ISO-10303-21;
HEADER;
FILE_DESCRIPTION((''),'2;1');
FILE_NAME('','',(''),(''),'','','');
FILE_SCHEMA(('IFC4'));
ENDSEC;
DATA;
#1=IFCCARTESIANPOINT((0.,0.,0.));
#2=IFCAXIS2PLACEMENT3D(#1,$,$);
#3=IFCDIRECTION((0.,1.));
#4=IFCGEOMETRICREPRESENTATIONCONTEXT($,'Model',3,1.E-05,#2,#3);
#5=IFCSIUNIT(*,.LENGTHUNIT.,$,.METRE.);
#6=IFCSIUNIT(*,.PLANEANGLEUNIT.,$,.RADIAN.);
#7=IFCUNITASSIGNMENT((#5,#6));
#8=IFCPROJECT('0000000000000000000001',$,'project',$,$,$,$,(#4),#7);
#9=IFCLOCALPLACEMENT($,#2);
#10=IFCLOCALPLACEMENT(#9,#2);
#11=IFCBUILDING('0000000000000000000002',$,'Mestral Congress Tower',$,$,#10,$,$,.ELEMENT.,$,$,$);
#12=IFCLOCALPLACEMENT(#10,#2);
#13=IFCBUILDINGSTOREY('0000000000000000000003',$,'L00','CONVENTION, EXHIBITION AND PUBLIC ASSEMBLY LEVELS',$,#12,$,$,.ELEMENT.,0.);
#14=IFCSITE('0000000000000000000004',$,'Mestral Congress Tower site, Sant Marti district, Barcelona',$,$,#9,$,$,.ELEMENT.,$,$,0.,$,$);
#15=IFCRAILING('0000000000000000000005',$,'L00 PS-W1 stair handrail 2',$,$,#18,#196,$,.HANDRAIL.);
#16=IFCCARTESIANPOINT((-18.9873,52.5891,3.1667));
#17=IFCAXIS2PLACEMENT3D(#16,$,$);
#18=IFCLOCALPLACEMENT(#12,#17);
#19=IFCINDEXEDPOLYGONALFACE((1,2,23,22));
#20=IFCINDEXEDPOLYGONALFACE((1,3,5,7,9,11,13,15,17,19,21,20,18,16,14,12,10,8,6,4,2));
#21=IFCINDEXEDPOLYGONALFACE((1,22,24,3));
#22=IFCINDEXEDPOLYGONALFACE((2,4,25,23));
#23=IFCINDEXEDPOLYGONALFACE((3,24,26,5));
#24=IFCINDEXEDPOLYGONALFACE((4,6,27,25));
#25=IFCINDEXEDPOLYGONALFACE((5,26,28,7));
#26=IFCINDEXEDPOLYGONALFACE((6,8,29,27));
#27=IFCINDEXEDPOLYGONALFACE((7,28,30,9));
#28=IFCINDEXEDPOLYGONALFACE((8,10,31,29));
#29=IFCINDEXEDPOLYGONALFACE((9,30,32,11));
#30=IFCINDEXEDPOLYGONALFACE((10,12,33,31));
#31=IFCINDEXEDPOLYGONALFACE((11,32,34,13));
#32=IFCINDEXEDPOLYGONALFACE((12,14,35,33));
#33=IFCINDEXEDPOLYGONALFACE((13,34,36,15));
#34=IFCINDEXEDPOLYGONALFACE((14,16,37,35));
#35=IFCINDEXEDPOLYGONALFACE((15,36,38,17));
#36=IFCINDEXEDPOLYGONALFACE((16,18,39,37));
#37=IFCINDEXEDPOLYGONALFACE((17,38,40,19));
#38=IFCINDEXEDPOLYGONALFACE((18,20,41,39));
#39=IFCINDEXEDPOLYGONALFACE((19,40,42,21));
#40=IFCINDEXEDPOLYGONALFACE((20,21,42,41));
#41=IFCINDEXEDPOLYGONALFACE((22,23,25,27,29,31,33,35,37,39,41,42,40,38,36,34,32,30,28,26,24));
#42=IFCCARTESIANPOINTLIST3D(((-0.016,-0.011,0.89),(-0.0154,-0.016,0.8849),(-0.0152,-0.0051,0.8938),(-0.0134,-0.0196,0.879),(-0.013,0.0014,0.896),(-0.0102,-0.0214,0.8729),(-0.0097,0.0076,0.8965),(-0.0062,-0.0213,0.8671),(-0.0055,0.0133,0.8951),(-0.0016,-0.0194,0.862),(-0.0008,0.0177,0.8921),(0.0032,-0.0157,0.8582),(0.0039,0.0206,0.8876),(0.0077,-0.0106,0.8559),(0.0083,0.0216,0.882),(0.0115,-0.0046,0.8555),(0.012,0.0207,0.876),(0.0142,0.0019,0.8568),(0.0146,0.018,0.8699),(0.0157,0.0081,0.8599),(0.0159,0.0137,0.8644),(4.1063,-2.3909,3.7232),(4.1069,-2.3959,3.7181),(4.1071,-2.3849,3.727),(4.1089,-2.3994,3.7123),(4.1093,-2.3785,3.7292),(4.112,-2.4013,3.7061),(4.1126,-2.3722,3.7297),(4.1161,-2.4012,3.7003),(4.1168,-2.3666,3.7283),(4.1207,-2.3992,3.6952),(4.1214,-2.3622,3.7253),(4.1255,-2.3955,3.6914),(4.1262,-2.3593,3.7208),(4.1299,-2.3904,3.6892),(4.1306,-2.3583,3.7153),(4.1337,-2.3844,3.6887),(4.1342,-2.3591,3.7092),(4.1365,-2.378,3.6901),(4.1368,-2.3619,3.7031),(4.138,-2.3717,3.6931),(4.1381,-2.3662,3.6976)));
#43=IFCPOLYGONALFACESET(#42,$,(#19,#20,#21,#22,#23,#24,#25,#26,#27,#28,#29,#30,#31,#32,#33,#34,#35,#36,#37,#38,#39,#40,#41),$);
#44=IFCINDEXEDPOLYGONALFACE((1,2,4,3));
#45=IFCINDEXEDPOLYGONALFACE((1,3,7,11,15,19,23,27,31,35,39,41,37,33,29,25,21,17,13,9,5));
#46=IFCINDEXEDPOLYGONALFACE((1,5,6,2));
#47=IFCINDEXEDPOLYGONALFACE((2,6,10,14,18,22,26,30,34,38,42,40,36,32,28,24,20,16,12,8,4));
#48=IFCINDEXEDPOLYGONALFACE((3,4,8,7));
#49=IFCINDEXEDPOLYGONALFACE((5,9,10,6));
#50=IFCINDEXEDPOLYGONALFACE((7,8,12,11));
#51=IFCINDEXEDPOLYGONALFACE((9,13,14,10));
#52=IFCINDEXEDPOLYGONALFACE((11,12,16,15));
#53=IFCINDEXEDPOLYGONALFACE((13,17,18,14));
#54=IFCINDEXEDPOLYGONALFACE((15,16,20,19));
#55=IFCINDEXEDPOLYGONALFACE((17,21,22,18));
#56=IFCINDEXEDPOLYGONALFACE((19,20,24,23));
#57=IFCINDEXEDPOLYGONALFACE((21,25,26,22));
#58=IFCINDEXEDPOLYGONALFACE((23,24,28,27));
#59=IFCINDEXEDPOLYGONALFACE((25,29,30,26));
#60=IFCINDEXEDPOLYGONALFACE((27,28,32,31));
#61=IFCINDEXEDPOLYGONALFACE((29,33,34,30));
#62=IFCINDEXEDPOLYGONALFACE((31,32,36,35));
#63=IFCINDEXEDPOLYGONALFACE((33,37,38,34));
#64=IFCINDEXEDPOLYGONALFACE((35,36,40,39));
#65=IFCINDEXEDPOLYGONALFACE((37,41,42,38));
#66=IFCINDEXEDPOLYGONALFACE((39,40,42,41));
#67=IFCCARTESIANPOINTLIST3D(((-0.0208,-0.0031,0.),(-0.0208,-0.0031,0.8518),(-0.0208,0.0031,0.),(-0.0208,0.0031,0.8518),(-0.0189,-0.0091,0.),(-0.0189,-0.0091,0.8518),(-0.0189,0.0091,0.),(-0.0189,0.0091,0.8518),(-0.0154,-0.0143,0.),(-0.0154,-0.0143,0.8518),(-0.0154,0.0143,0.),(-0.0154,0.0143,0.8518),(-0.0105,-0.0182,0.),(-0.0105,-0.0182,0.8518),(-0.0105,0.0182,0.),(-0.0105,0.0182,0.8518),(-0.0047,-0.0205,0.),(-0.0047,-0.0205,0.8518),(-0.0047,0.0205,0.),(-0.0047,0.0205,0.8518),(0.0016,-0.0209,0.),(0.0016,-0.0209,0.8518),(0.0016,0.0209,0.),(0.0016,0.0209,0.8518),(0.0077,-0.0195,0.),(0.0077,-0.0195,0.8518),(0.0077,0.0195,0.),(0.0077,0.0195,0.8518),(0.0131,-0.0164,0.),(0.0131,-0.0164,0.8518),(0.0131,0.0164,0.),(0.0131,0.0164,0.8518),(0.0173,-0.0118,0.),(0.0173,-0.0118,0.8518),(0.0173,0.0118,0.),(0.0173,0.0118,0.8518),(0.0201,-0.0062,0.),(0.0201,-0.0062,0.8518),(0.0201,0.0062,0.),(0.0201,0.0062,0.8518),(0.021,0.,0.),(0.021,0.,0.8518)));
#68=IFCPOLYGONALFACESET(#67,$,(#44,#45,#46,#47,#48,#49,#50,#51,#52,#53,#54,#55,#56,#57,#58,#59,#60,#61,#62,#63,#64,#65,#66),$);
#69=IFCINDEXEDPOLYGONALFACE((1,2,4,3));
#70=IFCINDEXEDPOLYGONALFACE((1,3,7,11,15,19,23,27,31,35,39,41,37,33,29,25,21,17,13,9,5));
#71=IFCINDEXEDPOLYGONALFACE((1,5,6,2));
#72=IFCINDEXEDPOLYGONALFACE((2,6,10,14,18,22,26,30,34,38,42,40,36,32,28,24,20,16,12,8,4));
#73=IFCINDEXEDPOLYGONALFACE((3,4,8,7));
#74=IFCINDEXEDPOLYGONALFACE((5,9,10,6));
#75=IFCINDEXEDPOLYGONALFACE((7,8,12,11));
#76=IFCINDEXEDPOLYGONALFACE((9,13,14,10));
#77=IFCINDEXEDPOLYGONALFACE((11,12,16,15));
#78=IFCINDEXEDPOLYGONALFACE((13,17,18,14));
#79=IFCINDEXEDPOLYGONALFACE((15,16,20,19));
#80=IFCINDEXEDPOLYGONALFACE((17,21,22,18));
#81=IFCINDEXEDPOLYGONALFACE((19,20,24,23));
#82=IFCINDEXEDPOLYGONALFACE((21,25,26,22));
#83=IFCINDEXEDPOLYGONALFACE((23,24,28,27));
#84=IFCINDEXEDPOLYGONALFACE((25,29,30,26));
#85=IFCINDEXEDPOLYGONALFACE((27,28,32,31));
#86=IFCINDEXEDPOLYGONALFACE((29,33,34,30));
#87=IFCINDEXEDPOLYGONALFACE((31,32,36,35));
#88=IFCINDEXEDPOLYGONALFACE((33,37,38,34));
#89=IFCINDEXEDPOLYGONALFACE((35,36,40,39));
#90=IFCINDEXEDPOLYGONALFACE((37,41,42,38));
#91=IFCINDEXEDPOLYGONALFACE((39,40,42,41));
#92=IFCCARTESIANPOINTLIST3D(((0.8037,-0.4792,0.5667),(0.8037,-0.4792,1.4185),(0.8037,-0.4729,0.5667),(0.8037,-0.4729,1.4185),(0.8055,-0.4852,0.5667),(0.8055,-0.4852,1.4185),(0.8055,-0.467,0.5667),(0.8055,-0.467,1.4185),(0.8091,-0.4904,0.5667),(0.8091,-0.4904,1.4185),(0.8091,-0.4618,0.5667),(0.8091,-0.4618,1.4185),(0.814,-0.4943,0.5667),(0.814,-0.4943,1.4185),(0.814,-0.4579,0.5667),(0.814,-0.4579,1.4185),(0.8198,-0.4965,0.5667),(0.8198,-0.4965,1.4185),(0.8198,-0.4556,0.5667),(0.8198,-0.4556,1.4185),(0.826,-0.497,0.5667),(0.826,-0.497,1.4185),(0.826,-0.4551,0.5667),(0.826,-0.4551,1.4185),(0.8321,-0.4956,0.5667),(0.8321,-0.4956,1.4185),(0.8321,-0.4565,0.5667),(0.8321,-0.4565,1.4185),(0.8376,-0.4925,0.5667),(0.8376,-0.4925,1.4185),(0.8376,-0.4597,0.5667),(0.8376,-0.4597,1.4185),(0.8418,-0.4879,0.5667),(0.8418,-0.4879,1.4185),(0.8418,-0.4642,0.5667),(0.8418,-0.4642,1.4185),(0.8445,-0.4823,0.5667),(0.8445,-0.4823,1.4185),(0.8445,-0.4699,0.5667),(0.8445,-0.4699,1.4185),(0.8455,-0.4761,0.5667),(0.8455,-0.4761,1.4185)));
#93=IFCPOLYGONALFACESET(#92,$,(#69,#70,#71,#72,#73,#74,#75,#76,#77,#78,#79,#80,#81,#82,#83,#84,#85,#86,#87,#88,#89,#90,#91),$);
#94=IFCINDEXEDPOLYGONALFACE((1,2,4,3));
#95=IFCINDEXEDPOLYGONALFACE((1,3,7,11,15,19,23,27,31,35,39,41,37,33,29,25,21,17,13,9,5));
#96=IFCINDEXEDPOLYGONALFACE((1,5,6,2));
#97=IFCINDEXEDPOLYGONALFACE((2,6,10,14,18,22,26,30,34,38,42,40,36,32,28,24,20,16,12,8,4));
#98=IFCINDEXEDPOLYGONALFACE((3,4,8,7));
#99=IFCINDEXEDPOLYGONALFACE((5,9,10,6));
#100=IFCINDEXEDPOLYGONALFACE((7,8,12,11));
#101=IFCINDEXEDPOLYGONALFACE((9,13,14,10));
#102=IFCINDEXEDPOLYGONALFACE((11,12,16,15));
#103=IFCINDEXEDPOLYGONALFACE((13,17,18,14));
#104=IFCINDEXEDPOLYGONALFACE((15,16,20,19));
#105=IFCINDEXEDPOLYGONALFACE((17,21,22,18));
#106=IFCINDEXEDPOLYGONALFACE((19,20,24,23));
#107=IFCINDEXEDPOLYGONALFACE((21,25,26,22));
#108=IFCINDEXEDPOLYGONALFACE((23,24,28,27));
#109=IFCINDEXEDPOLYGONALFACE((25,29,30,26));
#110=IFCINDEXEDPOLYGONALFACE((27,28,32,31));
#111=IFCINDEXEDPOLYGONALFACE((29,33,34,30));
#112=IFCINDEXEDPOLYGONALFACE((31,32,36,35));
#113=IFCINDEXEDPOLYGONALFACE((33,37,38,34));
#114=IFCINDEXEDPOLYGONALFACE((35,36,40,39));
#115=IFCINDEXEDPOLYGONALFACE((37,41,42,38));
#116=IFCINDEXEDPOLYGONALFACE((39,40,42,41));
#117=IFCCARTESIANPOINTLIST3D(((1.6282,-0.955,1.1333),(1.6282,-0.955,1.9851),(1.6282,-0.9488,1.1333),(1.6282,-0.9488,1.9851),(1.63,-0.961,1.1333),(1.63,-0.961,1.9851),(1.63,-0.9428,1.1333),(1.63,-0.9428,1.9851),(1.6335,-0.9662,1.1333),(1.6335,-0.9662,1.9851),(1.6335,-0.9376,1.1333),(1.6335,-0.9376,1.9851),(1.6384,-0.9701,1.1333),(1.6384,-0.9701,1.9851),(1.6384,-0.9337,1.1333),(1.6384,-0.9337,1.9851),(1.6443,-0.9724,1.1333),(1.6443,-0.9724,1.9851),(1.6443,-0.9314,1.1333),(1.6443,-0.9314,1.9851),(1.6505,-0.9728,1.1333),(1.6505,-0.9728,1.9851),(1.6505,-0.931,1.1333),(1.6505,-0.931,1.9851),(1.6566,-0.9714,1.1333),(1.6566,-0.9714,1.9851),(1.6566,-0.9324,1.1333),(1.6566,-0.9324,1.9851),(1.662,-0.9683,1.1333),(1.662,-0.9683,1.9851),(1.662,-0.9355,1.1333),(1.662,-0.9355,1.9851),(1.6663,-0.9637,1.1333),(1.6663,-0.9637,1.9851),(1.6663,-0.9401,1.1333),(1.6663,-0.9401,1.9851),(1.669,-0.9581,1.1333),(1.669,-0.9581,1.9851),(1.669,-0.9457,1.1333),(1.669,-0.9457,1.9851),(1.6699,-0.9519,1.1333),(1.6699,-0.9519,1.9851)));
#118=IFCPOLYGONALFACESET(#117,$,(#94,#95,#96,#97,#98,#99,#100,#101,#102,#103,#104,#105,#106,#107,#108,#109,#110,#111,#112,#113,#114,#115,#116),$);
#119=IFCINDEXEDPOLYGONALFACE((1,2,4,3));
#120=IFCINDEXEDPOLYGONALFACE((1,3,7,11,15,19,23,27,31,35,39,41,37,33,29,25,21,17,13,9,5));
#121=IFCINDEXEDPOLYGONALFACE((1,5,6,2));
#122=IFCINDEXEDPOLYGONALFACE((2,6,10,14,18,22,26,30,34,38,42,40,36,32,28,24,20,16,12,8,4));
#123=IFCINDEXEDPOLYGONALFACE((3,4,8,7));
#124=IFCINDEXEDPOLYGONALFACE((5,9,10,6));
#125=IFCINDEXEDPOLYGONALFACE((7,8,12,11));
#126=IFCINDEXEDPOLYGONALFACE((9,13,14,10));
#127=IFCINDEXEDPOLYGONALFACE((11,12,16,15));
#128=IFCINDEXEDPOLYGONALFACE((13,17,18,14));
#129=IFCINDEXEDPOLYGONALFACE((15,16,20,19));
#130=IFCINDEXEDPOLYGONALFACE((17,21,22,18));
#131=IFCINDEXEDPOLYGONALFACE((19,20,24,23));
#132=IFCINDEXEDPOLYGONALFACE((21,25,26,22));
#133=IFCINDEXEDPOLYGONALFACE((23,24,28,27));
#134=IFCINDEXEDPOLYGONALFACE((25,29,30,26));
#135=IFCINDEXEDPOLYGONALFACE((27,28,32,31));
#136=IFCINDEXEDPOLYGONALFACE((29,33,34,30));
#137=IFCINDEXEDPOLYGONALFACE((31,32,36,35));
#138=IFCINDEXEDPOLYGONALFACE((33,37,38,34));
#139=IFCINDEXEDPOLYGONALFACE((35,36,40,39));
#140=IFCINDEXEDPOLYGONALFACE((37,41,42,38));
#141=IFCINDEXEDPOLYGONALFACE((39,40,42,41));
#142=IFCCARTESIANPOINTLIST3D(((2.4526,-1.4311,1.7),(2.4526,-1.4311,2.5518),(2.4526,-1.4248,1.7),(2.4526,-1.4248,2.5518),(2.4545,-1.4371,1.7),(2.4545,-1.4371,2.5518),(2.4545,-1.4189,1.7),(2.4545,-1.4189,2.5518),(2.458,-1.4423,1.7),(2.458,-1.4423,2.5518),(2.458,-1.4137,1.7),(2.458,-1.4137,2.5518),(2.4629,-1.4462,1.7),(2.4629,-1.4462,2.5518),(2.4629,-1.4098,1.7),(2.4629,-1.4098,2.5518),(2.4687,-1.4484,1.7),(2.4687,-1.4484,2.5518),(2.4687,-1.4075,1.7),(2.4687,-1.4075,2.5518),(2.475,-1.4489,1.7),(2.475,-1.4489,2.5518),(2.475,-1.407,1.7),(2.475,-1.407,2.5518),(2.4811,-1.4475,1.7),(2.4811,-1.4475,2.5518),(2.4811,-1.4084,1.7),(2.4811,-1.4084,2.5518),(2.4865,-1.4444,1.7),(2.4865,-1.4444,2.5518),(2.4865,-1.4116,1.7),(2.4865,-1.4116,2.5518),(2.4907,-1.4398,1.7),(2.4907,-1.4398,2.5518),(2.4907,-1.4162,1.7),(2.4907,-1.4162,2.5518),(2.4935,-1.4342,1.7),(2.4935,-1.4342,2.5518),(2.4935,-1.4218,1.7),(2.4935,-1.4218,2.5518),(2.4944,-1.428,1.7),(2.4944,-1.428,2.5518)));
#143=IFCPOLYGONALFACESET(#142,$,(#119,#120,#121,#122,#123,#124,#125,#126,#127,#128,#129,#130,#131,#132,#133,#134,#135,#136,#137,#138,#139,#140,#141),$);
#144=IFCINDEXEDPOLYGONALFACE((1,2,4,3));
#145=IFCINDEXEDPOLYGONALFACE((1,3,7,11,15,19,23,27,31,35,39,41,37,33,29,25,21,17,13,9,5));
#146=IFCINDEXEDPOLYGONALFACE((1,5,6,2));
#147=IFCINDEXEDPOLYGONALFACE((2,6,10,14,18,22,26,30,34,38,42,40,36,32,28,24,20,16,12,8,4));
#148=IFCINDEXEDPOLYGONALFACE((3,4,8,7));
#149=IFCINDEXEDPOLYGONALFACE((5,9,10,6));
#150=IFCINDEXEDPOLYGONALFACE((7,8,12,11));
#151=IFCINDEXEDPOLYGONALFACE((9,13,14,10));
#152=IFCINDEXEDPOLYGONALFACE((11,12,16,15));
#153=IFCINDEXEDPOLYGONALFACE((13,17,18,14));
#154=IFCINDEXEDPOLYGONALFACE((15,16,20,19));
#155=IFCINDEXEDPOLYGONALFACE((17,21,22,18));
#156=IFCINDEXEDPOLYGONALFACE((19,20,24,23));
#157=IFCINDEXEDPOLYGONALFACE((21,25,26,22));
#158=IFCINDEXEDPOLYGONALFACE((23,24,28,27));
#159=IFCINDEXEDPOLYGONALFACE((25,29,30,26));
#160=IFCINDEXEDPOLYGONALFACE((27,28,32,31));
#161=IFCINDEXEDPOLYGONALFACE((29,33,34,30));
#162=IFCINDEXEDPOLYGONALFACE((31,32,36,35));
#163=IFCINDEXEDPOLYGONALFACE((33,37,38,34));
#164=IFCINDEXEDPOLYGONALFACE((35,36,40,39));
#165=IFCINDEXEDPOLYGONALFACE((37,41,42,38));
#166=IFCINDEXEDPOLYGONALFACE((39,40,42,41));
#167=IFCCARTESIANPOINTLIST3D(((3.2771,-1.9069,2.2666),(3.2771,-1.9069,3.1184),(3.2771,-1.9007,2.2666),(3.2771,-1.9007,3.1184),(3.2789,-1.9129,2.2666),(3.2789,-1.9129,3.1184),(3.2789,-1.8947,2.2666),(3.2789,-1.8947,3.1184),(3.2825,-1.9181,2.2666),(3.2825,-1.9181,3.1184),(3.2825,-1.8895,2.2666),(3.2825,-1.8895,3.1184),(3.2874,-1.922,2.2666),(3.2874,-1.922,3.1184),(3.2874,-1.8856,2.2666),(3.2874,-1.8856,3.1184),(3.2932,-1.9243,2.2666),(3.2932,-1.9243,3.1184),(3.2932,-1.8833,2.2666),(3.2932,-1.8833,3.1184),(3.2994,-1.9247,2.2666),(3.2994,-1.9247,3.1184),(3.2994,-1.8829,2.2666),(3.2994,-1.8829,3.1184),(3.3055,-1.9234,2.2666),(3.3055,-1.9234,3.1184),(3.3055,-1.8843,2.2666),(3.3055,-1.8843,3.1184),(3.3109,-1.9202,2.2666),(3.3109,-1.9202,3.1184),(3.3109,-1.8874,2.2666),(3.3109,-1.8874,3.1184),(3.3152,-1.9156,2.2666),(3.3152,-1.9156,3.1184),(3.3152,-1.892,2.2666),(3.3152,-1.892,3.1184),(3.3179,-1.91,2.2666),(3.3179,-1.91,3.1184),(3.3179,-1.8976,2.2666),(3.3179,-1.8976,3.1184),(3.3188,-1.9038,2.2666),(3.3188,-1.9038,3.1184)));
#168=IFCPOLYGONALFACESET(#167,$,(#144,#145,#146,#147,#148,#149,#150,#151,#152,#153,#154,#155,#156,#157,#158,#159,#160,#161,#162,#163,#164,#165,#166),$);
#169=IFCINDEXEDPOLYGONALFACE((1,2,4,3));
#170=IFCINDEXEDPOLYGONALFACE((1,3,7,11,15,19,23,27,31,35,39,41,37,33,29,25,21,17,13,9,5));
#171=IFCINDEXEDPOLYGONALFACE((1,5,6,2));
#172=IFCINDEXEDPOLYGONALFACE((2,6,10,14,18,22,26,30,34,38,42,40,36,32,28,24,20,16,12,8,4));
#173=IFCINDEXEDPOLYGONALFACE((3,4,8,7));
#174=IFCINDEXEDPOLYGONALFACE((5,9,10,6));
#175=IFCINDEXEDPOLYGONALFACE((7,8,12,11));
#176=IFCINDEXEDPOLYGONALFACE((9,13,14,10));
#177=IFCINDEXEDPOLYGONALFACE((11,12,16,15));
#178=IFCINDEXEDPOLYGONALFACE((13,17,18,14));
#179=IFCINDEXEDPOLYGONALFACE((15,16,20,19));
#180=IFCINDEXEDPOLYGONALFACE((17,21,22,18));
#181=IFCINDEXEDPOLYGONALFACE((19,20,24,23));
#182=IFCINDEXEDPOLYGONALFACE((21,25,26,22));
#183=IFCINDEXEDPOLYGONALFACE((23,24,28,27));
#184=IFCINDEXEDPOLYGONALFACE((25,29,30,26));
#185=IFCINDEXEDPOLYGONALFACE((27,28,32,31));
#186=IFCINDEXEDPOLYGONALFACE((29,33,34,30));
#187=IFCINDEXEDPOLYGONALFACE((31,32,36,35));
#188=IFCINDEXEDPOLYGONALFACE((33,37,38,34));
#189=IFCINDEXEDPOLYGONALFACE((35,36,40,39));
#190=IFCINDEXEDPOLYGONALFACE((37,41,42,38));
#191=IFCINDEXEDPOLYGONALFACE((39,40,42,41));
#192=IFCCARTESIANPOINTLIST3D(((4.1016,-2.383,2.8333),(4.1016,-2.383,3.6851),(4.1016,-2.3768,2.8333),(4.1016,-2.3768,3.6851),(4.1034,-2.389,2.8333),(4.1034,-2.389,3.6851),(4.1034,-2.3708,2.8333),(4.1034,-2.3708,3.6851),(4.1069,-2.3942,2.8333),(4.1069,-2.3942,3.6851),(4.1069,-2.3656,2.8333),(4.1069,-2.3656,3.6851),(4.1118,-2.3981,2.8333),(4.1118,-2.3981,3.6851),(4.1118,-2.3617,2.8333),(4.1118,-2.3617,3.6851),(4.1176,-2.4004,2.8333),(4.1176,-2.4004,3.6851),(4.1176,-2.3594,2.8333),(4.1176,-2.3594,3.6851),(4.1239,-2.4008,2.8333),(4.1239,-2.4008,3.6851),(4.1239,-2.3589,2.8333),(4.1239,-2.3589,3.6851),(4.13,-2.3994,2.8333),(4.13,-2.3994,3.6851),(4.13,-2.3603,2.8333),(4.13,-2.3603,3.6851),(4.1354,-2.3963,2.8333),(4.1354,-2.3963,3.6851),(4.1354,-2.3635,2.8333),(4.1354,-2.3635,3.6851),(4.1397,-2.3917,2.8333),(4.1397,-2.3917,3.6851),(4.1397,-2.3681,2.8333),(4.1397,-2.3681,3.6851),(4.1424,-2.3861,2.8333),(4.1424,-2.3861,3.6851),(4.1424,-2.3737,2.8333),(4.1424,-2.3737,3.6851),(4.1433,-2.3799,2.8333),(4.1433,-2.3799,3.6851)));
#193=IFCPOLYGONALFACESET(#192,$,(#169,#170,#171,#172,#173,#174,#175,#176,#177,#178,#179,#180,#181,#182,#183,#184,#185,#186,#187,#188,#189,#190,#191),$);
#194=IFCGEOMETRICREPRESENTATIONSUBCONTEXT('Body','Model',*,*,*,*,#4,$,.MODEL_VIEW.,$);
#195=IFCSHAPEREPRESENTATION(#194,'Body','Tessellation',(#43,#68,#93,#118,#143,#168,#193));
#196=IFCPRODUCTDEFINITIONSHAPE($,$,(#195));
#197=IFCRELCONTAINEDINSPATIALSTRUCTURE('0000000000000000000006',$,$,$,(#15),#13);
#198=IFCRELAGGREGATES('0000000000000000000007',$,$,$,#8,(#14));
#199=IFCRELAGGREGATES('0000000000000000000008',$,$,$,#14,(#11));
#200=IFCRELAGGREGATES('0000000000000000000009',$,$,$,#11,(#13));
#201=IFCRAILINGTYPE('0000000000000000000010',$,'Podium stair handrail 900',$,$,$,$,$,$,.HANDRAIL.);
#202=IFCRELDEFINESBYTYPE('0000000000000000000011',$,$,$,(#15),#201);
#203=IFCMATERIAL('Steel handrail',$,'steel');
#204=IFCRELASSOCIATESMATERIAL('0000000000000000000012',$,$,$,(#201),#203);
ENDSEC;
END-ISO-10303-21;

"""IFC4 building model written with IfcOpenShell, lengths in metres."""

from ifc_helpers import new_model, si_unit, direction, frame, origin, origin_2d, place, context, subcontext, project, spatial, circle, extrude, material, type_object, element, save


model = new_model("IFC4")

# Units and contexts
model_context = context("Model", 3, precision=1e-05, world=origin(), true_north=direction((0.0, 1.0)))
body_context = subcontext(model_context, "Body", "Model", "MODEL_VIEW")
ifc_project = project(units=[si_unit("LENGTHUNIT", "METRE"), si_unit("PLANEANGLEUNIT", "RADIAN")], contexts=[model_context])

# Site, building, storey
site_placement = place(None, origin())
site = spatial("IfcSite", under=ifc_project, at=site_placement, Name="Mestral Congress Tower site, Sant Marti district, Barcelona", CompositionType="ELEMENT", RefElevation=0.0)
building_placement = place(site_placement, origin())
building = spatial("IfcBuilding", under=site, at=building_placement, Name="Mestral Congress Tower", CompositionType="ELEMENT")
storey_placement = place(building_placement, origin())
storey = spatial("IfcBuildingStorey", under=building, at=storey_placement, Name="L00", Description="CONVENTION, EXHIBITION AND PUBLIC ASSEMBLY LEVELS", CompositionType="ELEMENT", Elevation=0.0)

# Railing
ifc_material_1 = material(Name="Steel handrail", Category="steel")
railing_type_1 = type_object("IfcRailingType", Name="Podium stair handrail 900", PredefinedType="HANDRAIL", material=ifc_material_1)
railing_1_placement = place(storey_placement, frame((-18.9873, 52.5891, 3.1667)))
element("IfcRailing", 1, at=railing_1_placement, inside=storey, type_object=railing_type_1, Name="L00 PS-W1 stair handrail 2", PredefinedType="HANDRAIL", context=body_context, shape_type="SweptSolid", body=[
    extrude(circle(Radius=0.0239, at=origin_2d()), frame((0.0, 0.0, 0.876), z_axis=(0.744185, -0.42963, 0.511475), x_axis=(0.499978, 0.866038, 0.0)), (0.0, 0.0, 1.0), 5.5393),
    extrude(circle(Radius=0.021, at=origin_2d()), origin(), (0.0, 0.0, 1.0), 0.8518),
    extrude(circle(Radius=0.021, at=origin_2d()), frame((0.8245, -0.4761, 0.5667)), (0.0, 0.0, 1.0), 0.8518),
    extrude(circle(Radius=0.021, at=origin_2d()), frame((1.6489, -0.9519, 1.1333)), (0.0, 0.0, 1.0), 0.8518),
    extrude(circle(Radius=0.021, at=origin_2d()), frame((2.4734, -1.428, 1.7)), (0.0, 0.0, 1.0), 0.8518),
    extrude(circle(Radius=0.021, at=origin_2d()), frame((3.2979, -1.9038, 2.2666)), (0.0, 0.0, 1.0), 0.8518),
    extrude(circle(Radius=0.021, at=origin_2d()), frame((4.1223, -2.3799, 2.8333)), (0.0, 0.0, 1.0), 0.8518),
])

save(model, "model.ifc")
